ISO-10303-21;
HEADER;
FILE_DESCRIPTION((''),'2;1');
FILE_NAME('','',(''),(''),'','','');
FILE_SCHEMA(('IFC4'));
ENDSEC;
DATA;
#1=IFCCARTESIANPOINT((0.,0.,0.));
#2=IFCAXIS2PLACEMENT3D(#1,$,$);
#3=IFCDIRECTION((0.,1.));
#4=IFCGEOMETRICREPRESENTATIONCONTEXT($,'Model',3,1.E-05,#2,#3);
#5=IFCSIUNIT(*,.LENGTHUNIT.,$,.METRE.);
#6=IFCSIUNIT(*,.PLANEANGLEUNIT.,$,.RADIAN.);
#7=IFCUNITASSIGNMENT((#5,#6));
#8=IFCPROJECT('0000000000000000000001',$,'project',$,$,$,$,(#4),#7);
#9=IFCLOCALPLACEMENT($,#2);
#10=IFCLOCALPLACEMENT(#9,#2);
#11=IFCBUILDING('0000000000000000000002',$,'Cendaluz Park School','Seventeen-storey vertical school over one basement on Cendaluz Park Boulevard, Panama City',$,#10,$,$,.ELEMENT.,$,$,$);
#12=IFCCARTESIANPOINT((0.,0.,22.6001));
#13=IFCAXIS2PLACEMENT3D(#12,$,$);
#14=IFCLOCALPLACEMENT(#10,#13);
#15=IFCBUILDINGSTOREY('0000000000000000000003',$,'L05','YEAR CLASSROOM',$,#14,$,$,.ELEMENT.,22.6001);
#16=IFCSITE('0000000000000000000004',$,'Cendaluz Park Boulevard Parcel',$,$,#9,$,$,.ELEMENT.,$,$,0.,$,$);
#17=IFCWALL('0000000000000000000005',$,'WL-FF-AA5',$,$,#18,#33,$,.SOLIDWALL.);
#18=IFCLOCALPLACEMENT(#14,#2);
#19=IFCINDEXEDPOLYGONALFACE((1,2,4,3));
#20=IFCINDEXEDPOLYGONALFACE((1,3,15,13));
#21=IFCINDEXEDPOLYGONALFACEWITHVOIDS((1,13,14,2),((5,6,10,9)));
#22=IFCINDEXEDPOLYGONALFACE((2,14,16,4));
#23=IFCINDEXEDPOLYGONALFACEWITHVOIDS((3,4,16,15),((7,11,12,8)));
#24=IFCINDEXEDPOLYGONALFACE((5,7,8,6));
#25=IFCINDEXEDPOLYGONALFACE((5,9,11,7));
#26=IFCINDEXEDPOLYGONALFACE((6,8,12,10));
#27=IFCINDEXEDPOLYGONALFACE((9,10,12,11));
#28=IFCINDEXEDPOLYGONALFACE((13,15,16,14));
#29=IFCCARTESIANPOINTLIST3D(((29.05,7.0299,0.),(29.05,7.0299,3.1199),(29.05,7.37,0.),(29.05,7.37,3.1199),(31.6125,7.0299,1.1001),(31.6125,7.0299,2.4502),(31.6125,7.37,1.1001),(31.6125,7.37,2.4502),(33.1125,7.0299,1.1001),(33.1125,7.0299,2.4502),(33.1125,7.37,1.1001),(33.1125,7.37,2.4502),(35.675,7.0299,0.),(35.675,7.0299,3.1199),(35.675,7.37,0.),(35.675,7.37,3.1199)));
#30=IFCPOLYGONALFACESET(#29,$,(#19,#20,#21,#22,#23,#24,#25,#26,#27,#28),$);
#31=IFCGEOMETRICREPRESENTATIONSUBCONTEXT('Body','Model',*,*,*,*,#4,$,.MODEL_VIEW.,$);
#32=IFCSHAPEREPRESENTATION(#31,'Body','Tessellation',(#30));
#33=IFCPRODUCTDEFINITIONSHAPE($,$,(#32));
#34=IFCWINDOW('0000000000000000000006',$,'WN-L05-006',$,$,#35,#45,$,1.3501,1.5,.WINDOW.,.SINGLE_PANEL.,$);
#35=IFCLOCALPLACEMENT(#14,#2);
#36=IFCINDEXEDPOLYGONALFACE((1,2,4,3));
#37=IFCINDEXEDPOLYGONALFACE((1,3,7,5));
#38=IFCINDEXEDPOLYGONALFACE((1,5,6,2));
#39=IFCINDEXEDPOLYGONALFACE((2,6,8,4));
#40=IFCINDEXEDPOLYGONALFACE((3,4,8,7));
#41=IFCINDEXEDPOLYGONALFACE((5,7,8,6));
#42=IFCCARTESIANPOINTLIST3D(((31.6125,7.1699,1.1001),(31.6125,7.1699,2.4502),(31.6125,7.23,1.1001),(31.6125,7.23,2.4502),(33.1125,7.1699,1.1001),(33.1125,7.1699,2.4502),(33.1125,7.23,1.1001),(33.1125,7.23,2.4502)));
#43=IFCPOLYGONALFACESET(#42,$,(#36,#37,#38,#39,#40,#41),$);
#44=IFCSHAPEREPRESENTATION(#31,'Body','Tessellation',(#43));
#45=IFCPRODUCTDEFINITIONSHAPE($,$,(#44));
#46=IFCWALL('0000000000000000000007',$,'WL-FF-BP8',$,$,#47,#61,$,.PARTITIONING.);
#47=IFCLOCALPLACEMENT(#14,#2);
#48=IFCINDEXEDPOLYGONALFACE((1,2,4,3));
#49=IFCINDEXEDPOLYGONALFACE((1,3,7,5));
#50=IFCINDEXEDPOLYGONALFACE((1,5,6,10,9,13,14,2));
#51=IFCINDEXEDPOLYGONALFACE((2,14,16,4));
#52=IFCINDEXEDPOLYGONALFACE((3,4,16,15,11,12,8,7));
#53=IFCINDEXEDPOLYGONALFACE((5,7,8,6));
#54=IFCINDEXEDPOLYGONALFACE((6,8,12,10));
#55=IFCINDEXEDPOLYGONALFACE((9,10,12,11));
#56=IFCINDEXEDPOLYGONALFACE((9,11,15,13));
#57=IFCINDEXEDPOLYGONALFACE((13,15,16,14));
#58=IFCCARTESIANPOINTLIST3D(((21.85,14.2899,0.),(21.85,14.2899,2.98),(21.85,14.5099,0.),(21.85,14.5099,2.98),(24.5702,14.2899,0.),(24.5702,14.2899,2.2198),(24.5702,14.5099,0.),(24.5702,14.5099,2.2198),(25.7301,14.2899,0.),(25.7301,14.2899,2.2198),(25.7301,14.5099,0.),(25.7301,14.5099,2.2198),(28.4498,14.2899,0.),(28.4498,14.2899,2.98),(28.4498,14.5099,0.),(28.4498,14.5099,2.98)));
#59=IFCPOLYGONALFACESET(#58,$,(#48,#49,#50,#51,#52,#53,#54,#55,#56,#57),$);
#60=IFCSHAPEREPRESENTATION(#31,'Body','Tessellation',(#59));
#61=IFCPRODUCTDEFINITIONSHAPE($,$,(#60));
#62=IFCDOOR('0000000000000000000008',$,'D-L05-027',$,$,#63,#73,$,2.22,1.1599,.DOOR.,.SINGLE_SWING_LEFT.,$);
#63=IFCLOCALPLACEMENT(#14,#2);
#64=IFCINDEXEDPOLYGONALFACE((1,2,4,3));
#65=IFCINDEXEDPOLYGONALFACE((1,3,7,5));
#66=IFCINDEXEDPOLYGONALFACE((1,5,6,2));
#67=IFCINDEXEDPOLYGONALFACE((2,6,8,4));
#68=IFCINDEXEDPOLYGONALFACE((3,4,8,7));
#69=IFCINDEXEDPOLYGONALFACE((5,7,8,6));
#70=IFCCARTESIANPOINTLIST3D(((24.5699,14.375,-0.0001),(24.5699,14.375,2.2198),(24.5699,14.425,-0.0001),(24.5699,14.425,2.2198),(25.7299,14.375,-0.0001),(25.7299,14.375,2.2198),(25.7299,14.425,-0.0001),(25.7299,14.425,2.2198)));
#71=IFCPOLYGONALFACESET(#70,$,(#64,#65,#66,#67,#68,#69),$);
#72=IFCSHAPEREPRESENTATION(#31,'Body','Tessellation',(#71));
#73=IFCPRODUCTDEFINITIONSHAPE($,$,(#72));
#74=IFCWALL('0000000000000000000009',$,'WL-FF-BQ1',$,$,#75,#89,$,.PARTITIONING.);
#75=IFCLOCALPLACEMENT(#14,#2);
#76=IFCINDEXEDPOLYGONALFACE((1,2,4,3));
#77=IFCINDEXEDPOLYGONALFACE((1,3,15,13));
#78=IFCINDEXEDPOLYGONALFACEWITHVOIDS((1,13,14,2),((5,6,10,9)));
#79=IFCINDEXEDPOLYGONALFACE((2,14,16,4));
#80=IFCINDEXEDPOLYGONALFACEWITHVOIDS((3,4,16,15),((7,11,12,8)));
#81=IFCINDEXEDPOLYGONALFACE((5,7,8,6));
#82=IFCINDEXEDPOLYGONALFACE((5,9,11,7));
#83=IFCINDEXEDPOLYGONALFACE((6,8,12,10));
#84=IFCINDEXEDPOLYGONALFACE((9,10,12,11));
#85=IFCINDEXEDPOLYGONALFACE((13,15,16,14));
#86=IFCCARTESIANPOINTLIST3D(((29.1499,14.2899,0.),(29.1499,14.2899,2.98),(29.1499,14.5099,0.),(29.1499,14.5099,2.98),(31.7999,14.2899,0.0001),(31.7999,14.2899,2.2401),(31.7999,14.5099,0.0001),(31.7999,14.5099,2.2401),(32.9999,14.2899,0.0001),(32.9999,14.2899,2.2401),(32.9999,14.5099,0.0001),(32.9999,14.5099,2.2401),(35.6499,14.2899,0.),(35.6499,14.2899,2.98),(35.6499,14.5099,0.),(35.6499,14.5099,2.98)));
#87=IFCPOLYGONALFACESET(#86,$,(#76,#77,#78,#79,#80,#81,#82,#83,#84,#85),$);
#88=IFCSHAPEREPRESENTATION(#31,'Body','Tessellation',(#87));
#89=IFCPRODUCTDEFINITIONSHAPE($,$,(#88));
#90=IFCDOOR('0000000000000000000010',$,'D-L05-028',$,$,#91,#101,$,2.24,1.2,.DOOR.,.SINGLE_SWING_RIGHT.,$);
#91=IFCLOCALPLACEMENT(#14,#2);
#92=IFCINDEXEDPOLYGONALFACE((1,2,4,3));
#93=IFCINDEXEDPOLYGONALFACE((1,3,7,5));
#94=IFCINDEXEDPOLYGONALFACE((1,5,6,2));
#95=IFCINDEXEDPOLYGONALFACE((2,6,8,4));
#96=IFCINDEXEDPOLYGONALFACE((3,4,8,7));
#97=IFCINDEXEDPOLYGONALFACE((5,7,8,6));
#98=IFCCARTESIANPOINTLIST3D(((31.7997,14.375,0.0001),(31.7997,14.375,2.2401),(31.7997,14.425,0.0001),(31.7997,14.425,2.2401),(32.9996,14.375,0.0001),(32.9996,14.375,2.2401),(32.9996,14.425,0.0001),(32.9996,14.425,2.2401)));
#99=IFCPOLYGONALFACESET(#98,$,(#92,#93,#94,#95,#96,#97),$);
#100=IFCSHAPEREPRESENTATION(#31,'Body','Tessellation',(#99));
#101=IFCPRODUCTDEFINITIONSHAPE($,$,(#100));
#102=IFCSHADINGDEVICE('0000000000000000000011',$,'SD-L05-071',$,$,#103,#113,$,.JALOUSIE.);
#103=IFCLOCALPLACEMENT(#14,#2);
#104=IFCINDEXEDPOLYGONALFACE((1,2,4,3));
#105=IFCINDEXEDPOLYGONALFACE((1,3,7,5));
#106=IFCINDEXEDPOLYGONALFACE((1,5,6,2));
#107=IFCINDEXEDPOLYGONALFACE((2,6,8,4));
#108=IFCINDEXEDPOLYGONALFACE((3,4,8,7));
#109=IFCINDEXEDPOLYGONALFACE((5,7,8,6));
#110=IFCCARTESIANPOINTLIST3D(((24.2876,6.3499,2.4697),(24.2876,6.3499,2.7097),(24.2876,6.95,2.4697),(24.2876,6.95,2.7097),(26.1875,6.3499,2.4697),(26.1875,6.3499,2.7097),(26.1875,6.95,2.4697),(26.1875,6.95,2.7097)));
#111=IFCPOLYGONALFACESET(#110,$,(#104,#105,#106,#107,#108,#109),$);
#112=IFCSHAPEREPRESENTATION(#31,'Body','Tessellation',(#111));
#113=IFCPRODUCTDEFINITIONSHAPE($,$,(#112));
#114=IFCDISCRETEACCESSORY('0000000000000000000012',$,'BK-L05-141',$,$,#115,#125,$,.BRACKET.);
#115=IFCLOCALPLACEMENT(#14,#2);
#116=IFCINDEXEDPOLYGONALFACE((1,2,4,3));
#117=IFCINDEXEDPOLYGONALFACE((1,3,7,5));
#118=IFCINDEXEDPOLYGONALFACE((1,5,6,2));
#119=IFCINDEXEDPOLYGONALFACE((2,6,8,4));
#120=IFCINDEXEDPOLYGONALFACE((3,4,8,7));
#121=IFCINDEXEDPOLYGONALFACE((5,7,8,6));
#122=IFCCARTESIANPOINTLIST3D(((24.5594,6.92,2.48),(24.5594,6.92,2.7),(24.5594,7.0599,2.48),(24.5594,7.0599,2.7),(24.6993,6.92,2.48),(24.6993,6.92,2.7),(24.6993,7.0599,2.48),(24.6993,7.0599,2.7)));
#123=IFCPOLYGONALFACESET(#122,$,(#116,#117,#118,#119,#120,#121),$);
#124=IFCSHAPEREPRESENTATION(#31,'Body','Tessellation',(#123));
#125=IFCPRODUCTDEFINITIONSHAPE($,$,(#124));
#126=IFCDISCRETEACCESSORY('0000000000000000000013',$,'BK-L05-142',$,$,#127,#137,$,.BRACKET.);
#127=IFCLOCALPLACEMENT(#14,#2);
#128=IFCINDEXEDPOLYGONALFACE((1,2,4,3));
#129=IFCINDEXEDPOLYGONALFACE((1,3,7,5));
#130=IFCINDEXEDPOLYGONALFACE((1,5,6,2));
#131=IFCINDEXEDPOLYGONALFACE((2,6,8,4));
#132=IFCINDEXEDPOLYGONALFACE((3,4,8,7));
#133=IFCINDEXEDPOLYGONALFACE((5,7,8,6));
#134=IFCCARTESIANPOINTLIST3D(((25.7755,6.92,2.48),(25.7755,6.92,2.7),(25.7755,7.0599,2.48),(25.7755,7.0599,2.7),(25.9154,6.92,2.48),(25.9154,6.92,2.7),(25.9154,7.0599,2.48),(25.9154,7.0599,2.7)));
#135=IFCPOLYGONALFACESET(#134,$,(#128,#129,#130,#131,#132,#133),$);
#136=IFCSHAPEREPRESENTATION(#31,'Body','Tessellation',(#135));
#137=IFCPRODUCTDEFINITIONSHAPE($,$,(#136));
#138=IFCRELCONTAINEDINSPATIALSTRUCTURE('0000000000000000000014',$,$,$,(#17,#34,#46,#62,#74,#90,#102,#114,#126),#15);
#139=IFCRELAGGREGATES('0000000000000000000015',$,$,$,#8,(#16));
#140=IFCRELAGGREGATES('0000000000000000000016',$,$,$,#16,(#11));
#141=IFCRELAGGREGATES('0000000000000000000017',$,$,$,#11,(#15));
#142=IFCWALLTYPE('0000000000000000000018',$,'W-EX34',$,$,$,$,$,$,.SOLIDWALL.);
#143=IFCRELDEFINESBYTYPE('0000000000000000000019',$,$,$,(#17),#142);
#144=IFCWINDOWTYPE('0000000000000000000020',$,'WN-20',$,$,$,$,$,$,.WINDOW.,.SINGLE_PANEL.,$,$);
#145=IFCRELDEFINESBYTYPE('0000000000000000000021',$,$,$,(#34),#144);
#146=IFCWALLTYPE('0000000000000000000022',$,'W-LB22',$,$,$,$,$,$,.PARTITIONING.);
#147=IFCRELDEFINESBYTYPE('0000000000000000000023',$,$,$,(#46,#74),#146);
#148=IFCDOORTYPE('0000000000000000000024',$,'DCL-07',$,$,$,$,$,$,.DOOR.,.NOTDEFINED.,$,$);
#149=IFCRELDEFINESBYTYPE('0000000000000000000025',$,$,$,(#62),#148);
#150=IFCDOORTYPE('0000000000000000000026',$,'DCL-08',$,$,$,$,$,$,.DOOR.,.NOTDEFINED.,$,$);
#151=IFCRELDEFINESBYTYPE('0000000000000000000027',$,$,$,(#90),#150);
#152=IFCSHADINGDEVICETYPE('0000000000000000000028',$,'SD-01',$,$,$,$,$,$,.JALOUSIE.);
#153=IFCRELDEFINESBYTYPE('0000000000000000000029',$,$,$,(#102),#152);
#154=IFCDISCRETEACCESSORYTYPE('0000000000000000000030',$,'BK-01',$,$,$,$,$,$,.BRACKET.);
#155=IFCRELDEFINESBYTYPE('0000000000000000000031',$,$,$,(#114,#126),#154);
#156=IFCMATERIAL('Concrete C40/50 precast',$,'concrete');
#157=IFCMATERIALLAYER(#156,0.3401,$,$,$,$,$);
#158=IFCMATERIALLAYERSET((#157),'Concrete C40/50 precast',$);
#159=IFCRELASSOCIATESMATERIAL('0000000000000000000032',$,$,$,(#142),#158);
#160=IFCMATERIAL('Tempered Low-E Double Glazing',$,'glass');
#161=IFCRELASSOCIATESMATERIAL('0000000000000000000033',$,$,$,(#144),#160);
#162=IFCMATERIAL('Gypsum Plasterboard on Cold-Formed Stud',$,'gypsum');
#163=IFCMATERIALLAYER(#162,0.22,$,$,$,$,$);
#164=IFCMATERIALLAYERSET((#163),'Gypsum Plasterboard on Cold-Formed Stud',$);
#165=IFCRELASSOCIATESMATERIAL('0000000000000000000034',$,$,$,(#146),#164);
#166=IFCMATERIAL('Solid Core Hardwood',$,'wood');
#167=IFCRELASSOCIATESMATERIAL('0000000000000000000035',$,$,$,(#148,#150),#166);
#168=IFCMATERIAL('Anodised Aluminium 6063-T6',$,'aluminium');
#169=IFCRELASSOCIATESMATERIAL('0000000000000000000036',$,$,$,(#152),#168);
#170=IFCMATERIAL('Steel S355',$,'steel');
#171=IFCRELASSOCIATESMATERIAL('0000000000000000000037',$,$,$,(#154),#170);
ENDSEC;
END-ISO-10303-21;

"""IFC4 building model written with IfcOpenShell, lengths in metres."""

from ifc_helpers import new_model, si_unit, direction, frame, frame_2d, origin, origin_2d, place, context, subcontext, project, spatial, rectangle, extrude, material, layer, layer_set, type_object, element, fill, save


model = new_model("IFC4")

# Units and contexts
model_context = context("Model", 3, precision=1e-05, world=origin(), true_north=direction((0.0, 1.0)))
body_context = subcontext(model_context, "Body", "Model", "MODEL_VIEW")
ifc_project = project(units=[si_unit("LENGTHUNIT", "METRE"), si_unit("PLANEANGLEUNIT", "RADIAN")], contexts=[model_context])

# Site, building, storey
site_placement = place(None, origin())
site = spatial("IfcSite", under=ifc_project, at=site_placement, Name="Cendaluz Park Boulevard Parcel", CompositionType="ELEMENT", RefElevation=0.0)
building_placement = place(site_placement, origin())
building = spatial("IfcBuilding", under=site, at=building_placement, Name="Cendaluz Park School", Description="Seventeen-storey vertical school over one basement on Cendaluz Park Boulevard, Panama City", CompositionType="ELEMENT")
storey_placement = place(building_placement, frame((0.0, 0.0, 22.6001)))
storey = spatial("IfcBuildingStorey", under=building, at=storey_placement, Name="L05", Description="YEAR CLASSROOM", CompositionType="ELEMENT", Elevation=22.6001)

# Wall, opening, window
ifc_material_1 = material(Name="Concrete C40/50 precast", Category="concrete")
ifc_layer_1 = layer(ifc_material_1, 0.3401)
ifc_layer_set_1 = layer_set([ifc_layer_1], Name="Concrete C40/50 precast")
wall_type_1 = type_object("IfcWallType", Name="W-EX34", PredefinedType="SOLIDWALL", material=ifc_layer_set_1)
ifc_material_2 = material(Name="Tempered Low-E Double Glazing", Category="glass")
window_type = type_object("IfcWindowType", Name="WN-20", PartitioningType="SINGLE_PANEL", PredefinedType="WINDOW", material=ifc_material_2)
wall_1_placement = place(storey_placement, frame((29.05, 7.2, 0.0), z_axis=(0.0, 0.0, 1.0), x_axis=(1.0, 0.0, 0.0)))
wall_1 = element("IfcWall", 1, at=wall_1_placement, inside=storey, type_object=wall_type_1, Name="WL-FF-AA5", PredefinedType="SOLIDWALL", context=body_context, shape_type="SweptSolid", body=[
    extrude(rectangle(XDim=6.625, YDim=0.3401, at=frame_2d((3.3125, 0.0))), origin(), (0.0, 0.0, 1.0), 3.1199),
])
opening_1_placement = place(wall_1_placement, frame((2.5625, 0.0, 1.1001)))
opening_1 = element("IfcOpeningElement", 2, at=opening_1_placement, cuts=wall_1, PredefinedType="OPENING", context=body_context, shape_type="SweptSolid", body=[
    extrude(rectangle(XDim=1.5, YDim=1.3501, at=frame_2d((0.75, 0.675))), frame((0.0, 0.1821, 0.0), z_axis=(0.0, -1.0, 0.0), x_axis=(1.0, 0.0, 0.0)), (0.0, 0.0, 1.0), 0.364),
])
window_1_placement = place(opening_1_placement, origin())
window_1 = element("IfcWindow", 3, at=window_1_placement, inside=storey, type_object=window_type, Name="WN-L05-006", OverallHeight=1.3501, OverallWidth=1.5, PartitioningType="SINGLE_PANEL", PredefinedType="WINDOW", context=body_context, shape_type="SweptSolid", body=[
    extrude(rectangle(XDim=1.5, YDim=1.3501, at=frame_2d((0.75, 0.675))), frame((0.0, 0.03, 0.0), z_axis=(0.0, -1.0, 0.0), x_axis=(1.0, 0.0, 0.0)), (0.0, 0.0, 1.0), 0.0601),
])
fill(opening_1, window_1)

# Walls, openings, doors
ifc_material_3 = material(Name="Gypsum Plasterboard on Cold-Formed Stud", Category="gypsum")
ifc_layer_2 = layer(ifc_material_3, 0.22)
ifc_layer_set_2 = layer_set([ifc_layer_2], Name="Gypsum Plasterboard on Cold-Formed Stud")
wall_type_2 = type_object("IfcWallType", Name="W-LB22", PredefinedType="PARTITIONING", material=ifc_layer_set_2)
wall_2_placement = place(storey_placement, frame((21.8501, 14.3999, 0.0), z_axis=(0.0, 0.0, 1.0), x_axis=(1.0, 0.0, 0.0)))
wall_2 = element("IfcWall", 4, at=wall_2_placement, inside=storey, type_object=wall_type_2, Name="WL-FF-BP8", PredefinedType="PARTITIONING", context=body_context, shape_type="SweptSolid", body=[
    extrude(rectangle(XDim=6.5999, YDim=0.22, at=frame_2d((3.2998, 0.0))), origin(), (0.0, 0.0, 1.0), 2.98),
])
opening_2_placement = place(wall_2_placement, frame((2.72, 0.0, 0.0)))
opening_2 = element("IfcOpeningElement", 5, at=opening_2_placement, cuts=wall_2, PredefinedType="OPENING", context=body_context, shape_type="SweptSolid", body=[
    extrude(rectangle(XDim=1.1599, YDim=2.22, at=frame_2d((0.5801, 1.1099))), frame((0.0, 0.1221, 0.0), z_axis=(0.0, -1.0, 0.0), x_axis=(1.0, 0.0, 0.0)), (0.0, 0.0, 1.0), 0.2439),
])
ifc_material_4 = material(Name="Solid Core Hardwood", Category="wood")
door_type_1 = type_object("IfcDoorType", Name="DCL-07", OperationType="NOTDEFINED", PredefinedType="DOOR", material=ifc_material_4)
door_1_placement = place(opening_2_placement, frame((1.1599, 0.0, 0.0), z_axis=(0.0, 0.0, 1.0), x_axis=(-1.0, 0.0, 0.0)))
door_1 = element("IfcDoor", 6, at=door_1_placement, inside=storey, type_object=door_type_1, Name="D-L05-027", OperationType="SINGLE_SWING_LEFT", OverallHeight=2.22, OverallWidth=1.1599, PredefinedType="DOOR", context=body_context, shape_type="SweptSolid", body=[
    extrude(rectangle(XDim=1.1599, YDim=2.22, at=frame_2d((0.5801, 1.1099))), frame((0.0, 0.0249, 0.0), z_axis=(0.0, -1.0, 0.0), x_axis=(1.0, 0.0, 0.0)), (0.0, 0.0, 1.0), 0.05),
])
fill(opening_2, door_1)
wall_3_placement = place(storey_placement, frame((29.1499, 14.3999, 0.0), z_axis=(0.0, 0.0, 1.0), x_axis=(1.0, 0.0, 0.0)))
wall_3 = element("IfcWall", 7, at=wall_3_placement, inside=storey, type_object=wall_type_2, Name="WL-FF-BQ1", PredefinedType="PARTITIONING", context=body_context, shape_type="SweptSolid", body=[
    extrude(rectangle(XDim=6.5, YDim=0.22, at=frame_2d((3.25, 0.0))), origin(), (0.0, 0.0, 1.0), 2.98),
])
opening_3_placement = place(wall_3_placement, frame((2.6499, 0.0, 0.0)))
opening_3 = element("IfcOpeningElement", 8, at=opening_3_placement, cuts=wall_3, PredefinedType="OPENING", context=body_context, shape_type="SweptSolid", body=[
    extrude(rectangle(XDim=1.2, YDim=2.24, at=frame_2d((0.6001, 1.1201))), frame((0.0, 0.1221, 0.0), z_axis=(0.0, -1.0, 0.0), x_axis=(1.0, 0.0, 0.0)), (0.0, 0.0, 1.0), 0.2439),
])
door_type_2 = type_object("IfcDoorType", Name="DCL-08", OperationType="NOTDEFINED", PredefinedType="DOOR", material=ifc_material_4)
door_2_placement = place(opening_3_placement, frame((1.2, 0.0, 0.0), z_axis=(0.0, 0.0, 1.0), x_axis=(-1.0, 0.0, 0.0)))
door_2 = element("IfcDoor", 9, at=door_2_placement, inside=storey, type_object=door_type_2, Name="D-L05-028", OperationType="SINGLE_SWING_RIGHT", OverallHeight=2.24, OverallWidth=1.2, PredefinedType="DOOR", context=body_context, shape_type="SweptSolid", body=[
    extrude(rectangle(XDim=1.2, YDim=2.24, at=frame_2d((0.6001, 1.1201))), frame((0.0, 0.0249, 0.0), z_axis=(0.0, -1.0, 0.0), x_axis=(1.0, 0.0, 0.0)), (0.0, 0.0, 1.0), 0.05),
])
fill(opening_3, door_2)

# Shading device
ifc_material_5 = material(Name="Anodised Aluminium 6063-T6", Category="aluminium")
shading_device_type = type_object("IfcShadingDeviceType", Name="SD-01", PredefinedType="JALOUSIE", material=ifc_material_5)
shading_device_placement = place(storey_placement, frame((25.2375, 6.6499, 2.4697), z_axis=(0.0, 0.0, 1.0), x_axis=(1.0, 0.0, 0.0)))
element("IfcShadingDevice", 10, at=shading_device_placement, inside=storey, type_object=shading_device_type, Name="SD-L05-071", PredefinedType="JALOUSIE", context=body_context, shape_type="SweptSolid", body=[
    extrude(rectangle(XDim=1.8999, YDim=0.6001, at=origin_2d()), origin(), (0.0, 0.0, 1.0), 0.24),
])

# Discrete accessories
ifc_material_6 = material(Name="Steel S355", Category="steel")
discrete_accessory_type = type_object("IfcDiscreteAccessoryType", Name="BK-01", PredefinedType="BRACKET", material=ifc_material_6)
for number, where, z_axis, x_axis, name in (
    (11, (24.6294, 6.99, 2.48), (0.0, 0.0, 1.0), (1.0, 0.0, 0.0), "BK-L05-141"),
    (12, (25.8455, 6.99, 2.48), (0.0, 0.0, 1.0), (1.0, 0.0, 0.0), "BK-L05-142"),
):
    element("IfcDiscreteAccessory", number, at=place(storey_placement, frame(where, z_axis=z_axis, x_axis=x_axis)), inside=storey, type_object=discrete_accessory_type, Name=name, PredefinedType="BRACKET", context=body_context, shape_type="SweptSolid", body=[
        extrude(rectangle(XDim=0.1399, YDim=0.1399, at=origin_2d()), origin(), (0.0, 0.0, 1.0), 0.22),
    ])

save(model, "model.ifc")
